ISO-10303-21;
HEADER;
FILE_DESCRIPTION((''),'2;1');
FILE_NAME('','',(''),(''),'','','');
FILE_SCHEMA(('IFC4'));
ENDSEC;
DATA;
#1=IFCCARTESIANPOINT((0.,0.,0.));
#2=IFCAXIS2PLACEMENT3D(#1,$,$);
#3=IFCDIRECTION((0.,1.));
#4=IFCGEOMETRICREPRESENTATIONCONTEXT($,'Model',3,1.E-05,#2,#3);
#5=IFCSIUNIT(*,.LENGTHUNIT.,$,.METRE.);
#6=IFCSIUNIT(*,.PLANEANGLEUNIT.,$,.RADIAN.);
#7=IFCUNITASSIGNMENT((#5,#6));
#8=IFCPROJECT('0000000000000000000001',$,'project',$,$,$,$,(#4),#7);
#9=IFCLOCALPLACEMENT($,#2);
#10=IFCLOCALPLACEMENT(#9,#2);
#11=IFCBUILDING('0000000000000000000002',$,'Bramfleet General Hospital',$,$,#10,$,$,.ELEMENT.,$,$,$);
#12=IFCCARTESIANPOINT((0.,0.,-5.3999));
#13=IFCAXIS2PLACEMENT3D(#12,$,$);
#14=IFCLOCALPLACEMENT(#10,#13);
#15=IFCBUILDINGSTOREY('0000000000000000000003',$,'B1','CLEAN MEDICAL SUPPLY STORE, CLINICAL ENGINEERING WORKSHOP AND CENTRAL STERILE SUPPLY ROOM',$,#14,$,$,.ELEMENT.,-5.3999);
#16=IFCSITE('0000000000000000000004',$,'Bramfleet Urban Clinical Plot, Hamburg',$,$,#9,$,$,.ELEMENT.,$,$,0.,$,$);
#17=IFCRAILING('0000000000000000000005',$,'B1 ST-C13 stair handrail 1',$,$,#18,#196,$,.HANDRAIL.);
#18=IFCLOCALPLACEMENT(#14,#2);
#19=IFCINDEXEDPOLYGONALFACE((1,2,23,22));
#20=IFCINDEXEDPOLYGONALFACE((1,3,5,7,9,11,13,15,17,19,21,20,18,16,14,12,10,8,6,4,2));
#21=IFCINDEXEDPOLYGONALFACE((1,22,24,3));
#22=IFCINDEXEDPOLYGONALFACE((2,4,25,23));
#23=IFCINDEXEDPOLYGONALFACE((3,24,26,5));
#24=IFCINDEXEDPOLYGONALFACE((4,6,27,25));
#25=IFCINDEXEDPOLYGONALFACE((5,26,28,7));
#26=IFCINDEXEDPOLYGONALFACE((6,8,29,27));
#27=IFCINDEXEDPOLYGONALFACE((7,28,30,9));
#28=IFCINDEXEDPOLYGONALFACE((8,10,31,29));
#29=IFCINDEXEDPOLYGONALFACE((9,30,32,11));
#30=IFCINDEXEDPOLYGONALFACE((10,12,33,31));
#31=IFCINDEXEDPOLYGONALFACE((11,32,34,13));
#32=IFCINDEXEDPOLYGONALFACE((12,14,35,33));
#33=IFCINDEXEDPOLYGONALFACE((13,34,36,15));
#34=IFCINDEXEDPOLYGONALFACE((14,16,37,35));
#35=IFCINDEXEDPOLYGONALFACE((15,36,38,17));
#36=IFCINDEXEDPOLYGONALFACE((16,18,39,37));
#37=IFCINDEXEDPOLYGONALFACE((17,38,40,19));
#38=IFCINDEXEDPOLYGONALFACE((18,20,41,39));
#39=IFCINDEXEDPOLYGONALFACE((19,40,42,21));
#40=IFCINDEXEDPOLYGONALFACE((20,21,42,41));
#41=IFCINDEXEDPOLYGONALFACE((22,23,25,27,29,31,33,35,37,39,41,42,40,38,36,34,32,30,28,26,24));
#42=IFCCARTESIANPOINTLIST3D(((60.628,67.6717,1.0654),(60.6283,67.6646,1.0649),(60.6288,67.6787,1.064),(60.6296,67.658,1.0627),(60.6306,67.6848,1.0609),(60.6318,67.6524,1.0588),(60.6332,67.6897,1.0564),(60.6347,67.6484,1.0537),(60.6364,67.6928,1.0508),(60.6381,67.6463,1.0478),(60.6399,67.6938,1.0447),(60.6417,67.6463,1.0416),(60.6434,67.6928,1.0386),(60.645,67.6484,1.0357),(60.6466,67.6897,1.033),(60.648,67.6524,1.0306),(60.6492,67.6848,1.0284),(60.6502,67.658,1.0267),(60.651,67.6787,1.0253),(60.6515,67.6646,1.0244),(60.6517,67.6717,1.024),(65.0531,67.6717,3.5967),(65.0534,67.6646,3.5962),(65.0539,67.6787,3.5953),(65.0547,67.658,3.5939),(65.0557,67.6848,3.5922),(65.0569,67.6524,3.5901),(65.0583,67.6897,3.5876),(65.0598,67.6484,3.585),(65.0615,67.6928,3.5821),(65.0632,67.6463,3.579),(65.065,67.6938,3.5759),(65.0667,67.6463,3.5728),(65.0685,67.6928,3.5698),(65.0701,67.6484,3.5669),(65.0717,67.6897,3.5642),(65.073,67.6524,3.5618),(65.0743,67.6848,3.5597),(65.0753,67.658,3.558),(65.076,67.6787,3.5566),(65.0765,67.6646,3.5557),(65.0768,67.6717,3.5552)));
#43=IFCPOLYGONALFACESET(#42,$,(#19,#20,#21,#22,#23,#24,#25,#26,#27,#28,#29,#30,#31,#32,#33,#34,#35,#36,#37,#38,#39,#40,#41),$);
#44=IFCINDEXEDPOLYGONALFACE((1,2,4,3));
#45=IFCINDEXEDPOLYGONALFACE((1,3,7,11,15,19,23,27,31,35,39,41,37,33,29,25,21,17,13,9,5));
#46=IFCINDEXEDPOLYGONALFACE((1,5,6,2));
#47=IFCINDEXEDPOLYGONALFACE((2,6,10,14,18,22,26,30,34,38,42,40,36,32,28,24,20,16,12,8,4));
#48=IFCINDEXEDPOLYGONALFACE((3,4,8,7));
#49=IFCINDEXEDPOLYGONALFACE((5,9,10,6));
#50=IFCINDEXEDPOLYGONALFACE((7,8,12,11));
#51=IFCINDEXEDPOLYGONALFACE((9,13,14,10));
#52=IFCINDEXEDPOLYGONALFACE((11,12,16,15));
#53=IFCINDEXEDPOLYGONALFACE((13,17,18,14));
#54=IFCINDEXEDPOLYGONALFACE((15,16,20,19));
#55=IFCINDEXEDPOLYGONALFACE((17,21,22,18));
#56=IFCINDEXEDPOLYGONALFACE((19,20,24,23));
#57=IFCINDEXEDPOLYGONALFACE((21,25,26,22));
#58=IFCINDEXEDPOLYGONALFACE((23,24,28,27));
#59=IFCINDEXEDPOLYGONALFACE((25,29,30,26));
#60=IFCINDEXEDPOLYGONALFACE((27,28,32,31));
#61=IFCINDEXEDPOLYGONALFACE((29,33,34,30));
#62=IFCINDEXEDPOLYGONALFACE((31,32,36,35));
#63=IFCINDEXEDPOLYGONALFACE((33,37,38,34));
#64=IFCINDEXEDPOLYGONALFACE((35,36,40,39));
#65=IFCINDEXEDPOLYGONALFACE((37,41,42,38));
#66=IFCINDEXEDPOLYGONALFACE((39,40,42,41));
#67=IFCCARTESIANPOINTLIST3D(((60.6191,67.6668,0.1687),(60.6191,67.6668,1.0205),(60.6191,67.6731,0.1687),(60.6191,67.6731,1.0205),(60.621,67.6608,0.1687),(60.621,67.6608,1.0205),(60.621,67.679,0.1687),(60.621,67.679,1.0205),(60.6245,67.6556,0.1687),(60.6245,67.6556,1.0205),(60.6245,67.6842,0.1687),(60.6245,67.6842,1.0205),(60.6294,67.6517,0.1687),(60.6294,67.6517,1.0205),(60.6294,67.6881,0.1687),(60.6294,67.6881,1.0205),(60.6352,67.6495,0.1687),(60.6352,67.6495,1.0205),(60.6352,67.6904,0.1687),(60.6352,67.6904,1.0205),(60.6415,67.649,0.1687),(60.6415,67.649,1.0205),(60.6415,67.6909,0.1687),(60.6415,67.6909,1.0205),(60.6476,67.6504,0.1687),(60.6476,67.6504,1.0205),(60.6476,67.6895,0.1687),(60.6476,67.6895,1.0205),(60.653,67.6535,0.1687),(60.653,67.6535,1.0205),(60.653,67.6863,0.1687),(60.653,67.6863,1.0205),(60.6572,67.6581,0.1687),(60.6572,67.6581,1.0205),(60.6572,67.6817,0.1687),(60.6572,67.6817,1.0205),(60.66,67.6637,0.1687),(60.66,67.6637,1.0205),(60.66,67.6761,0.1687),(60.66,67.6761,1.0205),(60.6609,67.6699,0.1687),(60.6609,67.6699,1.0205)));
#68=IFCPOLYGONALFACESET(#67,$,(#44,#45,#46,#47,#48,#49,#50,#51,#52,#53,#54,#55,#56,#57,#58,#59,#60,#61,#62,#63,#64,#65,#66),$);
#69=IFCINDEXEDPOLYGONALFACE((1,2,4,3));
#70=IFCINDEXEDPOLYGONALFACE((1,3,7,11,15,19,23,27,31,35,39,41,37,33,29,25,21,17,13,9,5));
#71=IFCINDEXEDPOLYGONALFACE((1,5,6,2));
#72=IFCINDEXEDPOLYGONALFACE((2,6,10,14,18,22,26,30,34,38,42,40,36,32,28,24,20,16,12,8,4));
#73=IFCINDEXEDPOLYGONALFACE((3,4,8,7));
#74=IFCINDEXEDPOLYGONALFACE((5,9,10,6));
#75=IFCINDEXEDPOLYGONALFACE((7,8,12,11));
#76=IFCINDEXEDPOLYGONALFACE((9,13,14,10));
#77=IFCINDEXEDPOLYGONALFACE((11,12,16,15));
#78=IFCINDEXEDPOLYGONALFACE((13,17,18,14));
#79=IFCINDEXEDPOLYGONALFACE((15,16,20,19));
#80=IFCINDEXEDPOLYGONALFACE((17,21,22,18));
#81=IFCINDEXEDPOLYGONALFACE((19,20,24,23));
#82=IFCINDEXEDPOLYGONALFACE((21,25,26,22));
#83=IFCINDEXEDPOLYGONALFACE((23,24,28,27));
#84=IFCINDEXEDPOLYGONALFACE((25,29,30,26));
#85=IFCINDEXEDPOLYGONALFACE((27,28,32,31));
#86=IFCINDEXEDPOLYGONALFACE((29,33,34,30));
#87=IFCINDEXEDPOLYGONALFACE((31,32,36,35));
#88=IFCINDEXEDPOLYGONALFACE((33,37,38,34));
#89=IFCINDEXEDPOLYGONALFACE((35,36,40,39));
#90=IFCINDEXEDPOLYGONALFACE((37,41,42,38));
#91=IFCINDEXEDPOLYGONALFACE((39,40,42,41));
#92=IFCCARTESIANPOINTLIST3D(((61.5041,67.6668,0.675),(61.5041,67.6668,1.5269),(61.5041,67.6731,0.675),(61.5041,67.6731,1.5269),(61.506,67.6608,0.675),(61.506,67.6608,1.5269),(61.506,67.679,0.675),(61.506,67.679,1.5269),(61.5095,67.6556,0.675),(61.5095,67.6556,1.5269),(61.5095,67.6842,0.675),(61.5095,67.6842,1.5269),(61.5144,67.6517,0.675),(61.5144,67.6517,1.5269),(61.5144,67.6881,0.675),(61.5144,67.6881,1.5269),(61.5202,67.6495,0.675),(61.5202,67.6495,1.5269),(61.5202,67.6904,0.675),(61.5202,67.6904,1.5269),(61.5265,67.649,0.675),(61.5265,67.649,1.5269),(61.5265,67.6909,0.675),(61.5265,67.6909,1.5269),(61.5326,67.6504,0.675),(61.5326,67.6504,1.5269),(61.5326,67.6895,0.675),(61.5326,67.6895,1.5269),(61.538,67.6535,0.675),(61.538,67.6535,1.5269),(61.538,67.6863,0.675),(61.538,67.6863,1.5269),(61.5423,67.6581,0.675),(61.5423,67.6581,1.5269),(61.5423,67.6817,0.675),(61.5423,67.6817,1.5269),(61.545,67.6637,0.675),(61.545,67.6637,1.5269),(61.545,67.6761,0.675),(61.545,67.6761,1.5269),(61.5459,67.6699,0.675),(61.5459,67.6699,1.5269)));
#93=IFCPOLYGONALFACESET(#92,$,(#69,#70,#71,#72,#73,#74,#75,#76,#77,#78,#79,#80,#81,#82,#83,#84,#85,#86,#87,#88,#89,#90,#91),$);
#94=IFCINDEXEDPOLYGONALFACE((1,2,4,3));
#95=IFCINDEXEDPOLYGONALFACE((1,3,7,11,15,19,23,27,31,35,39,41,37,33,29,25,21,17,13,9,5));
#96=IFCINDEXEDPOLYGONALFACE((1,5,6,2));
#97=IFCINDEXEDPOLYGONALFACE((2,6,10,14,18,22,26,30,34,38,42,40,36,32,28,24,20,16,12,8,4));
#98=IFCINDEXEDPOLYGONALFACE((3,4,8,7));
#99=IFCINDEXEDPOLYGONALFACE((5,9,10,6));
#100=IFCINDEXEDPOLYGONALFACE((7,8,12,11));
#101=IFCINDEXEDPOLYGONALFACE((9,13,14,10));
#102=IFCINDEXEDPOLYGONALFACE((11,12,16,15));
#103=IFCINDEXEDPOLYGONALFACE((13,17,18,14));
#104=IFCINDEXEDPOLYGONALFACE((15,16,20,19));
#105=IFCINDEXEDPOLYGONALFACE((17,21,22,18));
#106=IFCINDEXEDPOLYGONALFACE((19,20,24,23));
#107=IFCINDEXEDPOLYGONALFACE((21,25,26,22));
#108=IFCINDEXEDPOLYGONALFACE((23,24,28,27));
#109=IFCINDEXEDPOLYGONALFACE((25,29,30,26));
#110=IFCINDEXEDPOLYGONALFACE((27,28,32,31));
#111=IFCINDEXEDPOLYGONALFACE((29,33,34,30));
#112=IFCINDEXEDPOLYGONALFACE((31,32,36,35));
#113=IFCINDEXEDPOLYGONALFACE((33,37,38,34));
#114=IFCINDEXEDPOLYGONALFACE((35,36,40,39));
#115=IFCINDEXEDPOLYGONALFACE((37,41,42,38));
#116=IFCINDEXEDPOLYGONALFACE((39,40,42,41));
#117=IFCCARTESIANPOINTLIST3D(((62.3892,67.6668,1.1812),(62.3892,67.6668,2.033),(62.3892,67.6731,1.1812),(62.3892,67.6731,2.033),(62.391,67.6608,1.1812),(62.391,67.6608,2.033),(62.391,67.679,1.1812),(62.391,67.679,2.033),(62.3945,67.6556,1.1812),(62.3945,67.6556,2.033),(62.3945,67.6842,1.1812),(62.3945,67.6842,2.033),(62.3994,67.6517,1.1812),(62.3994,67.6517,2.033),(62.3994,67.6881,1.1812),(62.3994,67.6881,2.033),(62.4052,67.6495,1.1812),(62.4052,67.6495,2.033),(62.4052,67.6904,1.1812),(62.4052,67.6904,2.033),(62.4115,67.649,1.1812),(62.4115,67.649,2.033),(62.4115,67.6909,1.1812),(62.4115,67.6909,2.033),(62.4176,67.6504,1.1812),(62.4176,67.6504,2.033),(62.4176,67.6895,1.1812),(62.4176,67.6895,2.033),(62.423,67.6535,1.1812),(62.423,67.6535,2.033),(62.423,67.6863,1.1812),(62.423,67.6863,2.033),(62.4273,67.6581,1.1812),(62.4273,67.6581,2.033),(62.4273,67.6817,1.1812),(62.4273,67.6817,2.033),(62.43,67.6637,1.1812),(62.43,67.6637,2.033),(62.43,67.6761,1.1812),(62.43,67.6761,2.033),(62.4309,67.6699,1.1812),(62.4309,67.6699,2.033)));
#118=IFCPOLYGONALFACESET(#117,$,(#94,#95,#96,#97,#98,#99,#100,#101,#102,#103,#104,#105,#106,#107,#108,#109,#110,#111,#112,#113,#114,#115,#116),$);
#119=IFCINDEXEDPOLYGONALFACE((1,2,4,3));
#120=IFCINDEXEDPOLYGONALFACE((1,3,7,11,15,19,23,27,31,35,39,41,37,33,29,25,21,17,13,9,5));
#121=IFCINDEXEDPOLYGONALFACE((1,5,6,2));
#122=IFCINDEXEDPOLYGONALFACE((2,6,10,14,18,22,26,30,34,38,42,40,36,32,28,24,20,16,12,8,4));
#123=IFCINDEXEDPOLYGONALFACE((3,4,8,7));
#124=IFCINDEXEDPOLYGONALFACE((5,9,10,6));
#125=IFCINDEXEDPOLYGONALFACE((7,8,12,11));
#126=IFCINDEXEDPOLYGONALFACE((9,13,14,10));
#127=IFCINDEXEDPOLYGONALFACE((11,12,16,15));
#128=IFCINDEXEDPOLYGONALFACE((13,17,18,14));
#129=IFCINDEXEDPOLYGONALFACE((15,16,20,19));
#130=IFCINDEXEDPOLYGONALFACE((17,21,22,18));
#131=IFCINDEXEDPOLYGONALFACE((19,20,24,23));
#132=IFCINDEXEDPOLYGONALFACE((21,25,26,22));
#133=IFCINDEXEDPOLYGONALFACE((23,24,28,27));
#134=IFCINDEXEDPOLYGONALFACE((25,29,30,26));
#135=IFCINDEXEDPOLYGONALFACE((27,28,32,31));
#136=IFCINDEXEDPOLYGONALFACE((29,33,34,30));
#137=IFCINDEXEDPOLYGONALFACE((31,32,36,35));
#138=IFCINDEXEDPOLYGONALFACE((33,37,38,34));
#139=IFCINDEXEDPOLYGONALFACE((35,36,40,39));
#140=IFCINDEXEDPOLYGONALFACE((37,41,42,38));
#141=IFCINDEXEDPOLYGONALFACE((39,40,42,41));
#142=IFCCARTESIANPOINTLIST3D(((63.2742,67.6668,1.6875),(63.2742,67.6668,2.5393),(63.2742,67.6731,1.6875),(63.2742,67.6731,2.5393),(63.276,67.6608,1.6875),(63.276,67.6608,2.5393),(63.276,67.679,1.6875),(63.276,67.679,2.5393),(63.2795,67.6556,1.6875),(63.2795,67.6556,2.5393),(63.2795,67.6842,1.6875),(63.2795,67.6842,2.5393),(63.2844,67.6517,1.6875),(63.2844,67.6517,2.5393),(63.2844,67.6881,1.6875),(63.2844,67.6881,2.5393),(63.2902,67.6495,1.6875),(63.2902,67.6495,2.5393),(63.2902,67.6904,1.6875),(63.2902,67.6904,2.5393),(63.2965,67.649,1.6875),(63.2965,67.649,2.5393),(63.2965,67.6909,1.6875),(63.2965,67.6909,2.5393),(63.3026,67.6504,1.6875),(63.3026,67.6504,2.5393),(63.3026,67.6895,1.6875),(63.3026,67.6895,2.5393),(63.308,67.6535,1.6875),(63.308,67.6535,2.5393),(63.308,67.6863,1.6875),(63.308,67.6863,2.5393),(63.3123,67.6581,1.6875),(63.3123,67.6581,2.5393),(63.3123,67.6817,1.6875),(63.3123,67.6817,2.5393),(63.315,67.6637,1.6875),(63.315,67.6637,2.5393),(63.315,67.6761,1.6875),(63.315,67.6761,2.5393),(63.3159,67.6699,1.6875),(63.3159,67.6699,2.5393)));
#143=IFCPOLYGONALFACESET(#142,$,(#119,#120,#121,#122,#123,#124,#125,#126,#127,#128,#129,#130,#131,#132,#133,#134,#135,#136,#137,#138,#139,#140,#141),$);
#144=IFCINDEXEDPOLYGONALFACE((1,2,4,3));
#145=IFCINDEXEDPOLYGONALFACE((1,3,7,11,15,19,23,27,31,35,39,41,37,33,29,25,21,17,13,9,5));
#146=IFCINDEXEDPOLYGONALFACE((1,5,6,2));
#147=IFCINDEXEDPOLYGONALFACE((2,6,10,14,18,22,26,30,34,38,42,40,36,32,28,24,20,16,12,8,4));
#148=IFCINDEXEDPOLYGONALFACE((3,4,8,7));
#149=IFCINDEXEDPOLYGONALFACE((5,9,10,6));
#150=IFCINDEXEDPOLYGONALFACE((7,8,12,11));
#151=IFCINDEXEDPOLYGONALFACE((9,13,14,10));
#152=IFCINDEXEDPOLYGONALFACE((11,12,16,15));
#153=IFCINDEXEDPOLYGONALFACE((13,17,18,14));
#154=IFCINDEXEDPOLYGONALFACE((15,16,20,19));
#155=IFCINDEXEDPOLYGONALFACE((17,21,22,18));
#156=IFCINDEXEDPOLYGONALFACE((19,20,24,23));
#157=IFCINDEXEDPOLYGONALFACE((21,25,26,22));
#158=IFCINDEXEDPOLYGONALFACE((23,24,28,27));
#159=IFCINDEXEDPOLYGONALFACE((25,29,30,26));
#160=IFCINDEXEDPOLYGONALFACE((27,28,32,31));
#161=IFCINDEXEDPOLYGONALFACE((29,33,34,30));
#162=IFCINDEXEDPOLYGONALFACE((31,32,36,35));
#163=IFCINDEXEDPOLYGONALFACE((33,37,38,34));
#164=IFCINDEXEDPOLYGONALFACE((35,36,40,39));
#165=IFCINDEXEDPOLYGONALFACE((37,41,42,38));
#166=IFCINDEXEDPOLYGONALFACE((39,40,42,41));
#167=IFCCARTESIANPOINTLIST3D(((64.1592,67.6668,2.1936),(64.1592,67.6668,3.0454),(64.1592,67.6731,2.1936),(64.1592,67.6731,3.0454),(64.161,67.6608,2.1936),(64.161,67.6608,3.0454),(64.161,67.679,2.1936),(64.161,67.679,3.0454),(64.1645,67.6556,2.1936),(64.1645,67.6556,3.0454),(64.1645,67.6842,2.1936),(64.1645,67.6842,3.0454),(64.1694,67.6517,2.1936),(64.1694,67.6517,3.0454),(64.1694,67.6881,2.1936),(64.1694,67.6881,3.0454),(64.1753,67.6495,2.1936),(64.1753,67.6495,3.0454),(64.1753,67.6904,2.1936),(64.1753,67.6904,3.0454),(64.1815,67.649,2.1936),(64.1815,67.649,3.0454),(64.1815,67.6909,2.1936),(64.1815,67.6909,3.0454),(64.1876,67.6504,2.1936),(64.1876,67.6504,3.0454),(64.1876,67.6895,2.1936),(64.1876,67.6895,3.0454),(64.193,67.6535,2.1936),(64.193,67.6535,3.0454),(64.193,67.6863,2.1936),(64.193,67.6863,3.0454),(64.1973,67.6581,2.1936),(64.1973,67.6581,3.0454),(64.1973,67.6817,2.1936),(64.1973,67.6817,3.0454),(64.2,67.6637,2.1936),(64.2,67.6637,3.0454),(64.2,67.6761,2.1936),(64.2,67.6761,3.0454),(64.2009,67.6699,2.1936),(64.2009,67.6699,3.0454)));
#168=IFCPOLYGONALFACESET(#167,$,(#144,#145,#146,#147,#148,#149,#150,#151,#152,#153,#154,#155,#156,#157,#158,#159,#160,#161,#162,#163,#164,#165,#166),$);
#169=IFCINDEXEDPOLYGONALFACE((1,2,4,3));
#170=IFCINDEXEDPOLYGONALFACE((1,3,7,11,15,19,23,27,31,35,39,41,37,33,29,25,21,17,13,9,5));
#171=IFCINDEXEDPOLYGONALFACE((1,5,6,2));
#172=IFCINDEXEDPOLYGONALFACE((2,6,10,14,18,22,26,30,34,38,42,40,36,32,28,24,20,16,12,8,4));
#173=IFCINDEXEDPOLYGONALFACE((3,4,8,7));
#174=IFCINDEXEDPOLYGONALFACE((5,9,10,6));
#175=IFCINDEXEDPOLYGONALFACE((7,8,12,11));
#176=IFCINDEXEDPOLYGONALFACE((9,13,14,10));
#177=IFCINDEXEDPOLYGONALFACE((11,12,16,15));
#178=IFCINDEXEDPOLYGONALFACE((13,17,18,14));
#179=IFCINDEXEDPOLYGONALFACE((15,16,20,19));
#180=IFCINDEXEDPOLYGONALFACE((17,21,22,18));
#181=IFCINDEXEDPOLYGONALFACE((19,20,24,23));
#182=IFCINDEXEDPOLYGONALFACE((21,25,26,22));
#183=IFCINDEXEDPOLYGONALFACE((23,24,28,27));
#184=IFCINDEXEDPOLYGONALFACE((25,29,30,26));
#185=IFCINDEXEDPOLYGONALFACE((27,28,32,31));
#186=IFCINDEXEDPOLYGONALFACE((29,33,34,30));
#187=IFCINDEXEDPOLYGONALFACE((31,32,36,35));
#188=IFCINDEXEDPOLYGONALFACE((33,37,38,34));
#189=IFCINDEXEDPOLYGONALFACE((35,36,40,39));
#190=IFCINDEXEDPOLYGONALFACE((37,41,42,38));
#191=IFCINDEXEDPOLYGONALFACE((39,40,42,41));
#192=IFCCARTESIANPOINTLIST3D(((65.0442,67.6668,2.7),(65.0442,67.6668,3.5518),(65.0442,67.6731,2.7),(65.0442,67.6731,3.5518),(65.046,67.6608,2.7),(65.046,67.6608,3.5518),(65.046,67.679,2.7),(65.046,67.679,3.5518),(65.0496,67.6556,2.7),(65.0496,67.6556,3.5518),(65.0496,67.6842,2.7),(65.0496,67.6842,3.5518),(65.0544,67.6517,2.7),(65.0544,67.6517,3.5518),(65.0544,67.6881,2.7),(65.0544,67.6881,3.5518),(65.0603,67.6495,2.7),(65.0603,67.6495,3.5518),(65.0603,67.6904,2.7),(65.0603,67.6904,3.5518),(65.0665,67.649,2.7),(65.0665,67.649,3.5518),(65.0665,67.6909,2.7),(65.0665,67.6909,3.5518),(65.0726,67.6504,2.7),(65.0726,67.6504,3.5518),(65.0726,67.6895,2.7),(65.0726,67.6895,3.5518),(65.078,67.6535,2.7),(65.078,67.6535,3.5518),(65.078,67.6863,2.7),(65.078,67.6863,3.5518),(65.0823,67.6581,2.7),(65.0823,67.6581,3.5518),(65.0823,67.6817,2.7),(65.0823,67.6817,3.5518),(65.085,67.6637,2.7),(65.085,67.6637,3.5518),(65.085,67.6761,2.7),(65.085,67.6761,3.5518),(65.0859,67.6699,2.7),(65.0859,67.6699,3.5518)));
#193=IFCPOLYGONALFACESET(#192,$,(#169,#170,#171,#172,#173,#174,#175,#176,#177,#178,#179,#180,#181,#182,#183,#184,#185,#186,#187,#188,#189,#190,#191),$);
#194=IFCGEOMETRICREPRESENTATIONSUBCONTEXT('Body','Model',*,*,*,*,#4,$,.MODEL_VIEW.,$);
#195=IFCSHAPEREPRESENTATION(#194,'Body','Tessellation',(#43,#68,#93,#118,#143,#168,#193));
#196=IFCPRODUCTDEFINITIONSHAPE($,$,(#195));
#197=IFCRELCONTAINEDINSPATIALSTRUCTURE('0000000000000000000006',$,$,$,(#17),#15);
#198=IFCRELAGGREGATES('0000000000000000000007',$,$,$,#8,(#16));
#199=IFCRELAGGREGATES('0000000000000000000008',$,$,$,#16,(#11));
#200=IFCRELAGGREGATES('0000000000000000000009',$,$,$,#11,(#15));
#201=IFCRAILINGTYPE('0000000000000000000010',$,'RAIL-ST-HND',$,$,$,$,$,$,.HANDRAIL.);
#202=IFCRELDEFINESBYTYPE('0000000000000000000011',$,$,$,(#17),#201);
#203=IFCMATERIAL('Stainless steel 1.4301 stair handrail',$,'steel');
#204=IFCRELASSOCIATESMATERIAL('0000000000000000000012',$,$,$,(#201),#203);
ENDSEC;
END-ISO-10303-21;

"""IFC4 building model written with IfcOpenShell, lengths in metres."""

from ifc_helpers import new_model, si_unit, direction, frame, origin, origin_2d, place, context, subcontext, project, spatial, circle, extrude, material, type_object, element, save


model = new_model("IFC4")

# Units and contexts
model_context = context("Model", 3, precision=1e-05, world=origin(), true_north=direction((0.0, 1.0)))
body_context = subcontext(model_context, "Body", "Model", "MODEL_VIEW")
ifc_project = project(units=[si_unit("LENGTHUNIT", "METRE"), si_unit("PLANEANGLEUNIT", "RADIAN")], contexts=[model_context])

# Site, building, storey
site_placement = place(None, origin())
site = spatial("IfcSite", under=ifc_project, at=site_placement, Name="Bramfleet Urban Clinical Plot, Hamburg", CompositionType="ELEMENT", RefElevation=0.0)
building_placement = place(site_placement, origin())
building = spatial("IfcBuilding", under=site, at=building_placement, Name="Bramfleet General Hospital", CompositionType="ELEMENT")
storey_placement = place(building_placement, frame((0.0, 0.0, -5.3999)))
storey = spatial("IfcBuildingStorey", under=building, at=storey_placement, Name="B1", Description="CLEAN MEDICAL SUPPLY STORE, CLINICAL ENGINEERING WORKSHOP AND CENTRAL STERILE SUPPLY ROOM", CompositionType="ELEMENT", Elevation=-5.3999)

# Railing
ifc_material_1 = material(Name="Stainless steel 1.4301 stair handrail", Category="steel")
railing_type_1 = type_object("IfcRailingType", Name="RAIL-ST-HND", PredefinedType="HANDRAIL", material=ifc_material_1)
railing_1_placement = place(storey_placement, frame((60.6399, 67.6699, 0.1687)))
element("IfcRailing", 1, at=railing_1_placement, inside=storey, type_object=railing_type_1, Name="B1 ST-C13 stair handrail 1", PredefinedType="HANDRAIL", context=body_context, shape_type="SweptSolid", body=[
    extrude(circle(Radius=0.0239, at=origin_2d()), frame((0.0, 0.0, 0.876), z_axis=(0.868019, 0.0, 0.496531), x_axis=(0.0, 1.0, 0.0)), (0.0, 0.0, 1.0), 5.0979),
    extrude(circle(Radius=0.021, at=origin_2d()), origin(), (0.0, 0.0, 1.0), 0.8518),
    extrude(circle(Radius=0.021, at=origin_2d()), frame((0.885, 0.0, 0.5063)), (0.0, 0.0, 1.0), 0.8518),
    extrude(circle(Radius=0.021, at=origin_2d()), frame((1.77, 0.0, 1.0125)), (0.0, 0.0, 1.0), 0.8518),
    extrude(circle(Radius=0.021, at=origin_2d()), frame((2.655, 0.0, 1.5188)), (0.0, 0.0, 1.0), 0.8518),
    extrude(circle(Radius=0.021, at=origin_2d()), frame((3.54, 0.0, 2.0249)), (0.0, 0.0, 1.0), 0.8518),
    extrude(circle(Radius=0.021, at=origin_2d()), frame((4.425, 0.0, 2.5312)), (0.0, 0.0, 1.0), 0.8518),
])

save(model, "model.ifc")
